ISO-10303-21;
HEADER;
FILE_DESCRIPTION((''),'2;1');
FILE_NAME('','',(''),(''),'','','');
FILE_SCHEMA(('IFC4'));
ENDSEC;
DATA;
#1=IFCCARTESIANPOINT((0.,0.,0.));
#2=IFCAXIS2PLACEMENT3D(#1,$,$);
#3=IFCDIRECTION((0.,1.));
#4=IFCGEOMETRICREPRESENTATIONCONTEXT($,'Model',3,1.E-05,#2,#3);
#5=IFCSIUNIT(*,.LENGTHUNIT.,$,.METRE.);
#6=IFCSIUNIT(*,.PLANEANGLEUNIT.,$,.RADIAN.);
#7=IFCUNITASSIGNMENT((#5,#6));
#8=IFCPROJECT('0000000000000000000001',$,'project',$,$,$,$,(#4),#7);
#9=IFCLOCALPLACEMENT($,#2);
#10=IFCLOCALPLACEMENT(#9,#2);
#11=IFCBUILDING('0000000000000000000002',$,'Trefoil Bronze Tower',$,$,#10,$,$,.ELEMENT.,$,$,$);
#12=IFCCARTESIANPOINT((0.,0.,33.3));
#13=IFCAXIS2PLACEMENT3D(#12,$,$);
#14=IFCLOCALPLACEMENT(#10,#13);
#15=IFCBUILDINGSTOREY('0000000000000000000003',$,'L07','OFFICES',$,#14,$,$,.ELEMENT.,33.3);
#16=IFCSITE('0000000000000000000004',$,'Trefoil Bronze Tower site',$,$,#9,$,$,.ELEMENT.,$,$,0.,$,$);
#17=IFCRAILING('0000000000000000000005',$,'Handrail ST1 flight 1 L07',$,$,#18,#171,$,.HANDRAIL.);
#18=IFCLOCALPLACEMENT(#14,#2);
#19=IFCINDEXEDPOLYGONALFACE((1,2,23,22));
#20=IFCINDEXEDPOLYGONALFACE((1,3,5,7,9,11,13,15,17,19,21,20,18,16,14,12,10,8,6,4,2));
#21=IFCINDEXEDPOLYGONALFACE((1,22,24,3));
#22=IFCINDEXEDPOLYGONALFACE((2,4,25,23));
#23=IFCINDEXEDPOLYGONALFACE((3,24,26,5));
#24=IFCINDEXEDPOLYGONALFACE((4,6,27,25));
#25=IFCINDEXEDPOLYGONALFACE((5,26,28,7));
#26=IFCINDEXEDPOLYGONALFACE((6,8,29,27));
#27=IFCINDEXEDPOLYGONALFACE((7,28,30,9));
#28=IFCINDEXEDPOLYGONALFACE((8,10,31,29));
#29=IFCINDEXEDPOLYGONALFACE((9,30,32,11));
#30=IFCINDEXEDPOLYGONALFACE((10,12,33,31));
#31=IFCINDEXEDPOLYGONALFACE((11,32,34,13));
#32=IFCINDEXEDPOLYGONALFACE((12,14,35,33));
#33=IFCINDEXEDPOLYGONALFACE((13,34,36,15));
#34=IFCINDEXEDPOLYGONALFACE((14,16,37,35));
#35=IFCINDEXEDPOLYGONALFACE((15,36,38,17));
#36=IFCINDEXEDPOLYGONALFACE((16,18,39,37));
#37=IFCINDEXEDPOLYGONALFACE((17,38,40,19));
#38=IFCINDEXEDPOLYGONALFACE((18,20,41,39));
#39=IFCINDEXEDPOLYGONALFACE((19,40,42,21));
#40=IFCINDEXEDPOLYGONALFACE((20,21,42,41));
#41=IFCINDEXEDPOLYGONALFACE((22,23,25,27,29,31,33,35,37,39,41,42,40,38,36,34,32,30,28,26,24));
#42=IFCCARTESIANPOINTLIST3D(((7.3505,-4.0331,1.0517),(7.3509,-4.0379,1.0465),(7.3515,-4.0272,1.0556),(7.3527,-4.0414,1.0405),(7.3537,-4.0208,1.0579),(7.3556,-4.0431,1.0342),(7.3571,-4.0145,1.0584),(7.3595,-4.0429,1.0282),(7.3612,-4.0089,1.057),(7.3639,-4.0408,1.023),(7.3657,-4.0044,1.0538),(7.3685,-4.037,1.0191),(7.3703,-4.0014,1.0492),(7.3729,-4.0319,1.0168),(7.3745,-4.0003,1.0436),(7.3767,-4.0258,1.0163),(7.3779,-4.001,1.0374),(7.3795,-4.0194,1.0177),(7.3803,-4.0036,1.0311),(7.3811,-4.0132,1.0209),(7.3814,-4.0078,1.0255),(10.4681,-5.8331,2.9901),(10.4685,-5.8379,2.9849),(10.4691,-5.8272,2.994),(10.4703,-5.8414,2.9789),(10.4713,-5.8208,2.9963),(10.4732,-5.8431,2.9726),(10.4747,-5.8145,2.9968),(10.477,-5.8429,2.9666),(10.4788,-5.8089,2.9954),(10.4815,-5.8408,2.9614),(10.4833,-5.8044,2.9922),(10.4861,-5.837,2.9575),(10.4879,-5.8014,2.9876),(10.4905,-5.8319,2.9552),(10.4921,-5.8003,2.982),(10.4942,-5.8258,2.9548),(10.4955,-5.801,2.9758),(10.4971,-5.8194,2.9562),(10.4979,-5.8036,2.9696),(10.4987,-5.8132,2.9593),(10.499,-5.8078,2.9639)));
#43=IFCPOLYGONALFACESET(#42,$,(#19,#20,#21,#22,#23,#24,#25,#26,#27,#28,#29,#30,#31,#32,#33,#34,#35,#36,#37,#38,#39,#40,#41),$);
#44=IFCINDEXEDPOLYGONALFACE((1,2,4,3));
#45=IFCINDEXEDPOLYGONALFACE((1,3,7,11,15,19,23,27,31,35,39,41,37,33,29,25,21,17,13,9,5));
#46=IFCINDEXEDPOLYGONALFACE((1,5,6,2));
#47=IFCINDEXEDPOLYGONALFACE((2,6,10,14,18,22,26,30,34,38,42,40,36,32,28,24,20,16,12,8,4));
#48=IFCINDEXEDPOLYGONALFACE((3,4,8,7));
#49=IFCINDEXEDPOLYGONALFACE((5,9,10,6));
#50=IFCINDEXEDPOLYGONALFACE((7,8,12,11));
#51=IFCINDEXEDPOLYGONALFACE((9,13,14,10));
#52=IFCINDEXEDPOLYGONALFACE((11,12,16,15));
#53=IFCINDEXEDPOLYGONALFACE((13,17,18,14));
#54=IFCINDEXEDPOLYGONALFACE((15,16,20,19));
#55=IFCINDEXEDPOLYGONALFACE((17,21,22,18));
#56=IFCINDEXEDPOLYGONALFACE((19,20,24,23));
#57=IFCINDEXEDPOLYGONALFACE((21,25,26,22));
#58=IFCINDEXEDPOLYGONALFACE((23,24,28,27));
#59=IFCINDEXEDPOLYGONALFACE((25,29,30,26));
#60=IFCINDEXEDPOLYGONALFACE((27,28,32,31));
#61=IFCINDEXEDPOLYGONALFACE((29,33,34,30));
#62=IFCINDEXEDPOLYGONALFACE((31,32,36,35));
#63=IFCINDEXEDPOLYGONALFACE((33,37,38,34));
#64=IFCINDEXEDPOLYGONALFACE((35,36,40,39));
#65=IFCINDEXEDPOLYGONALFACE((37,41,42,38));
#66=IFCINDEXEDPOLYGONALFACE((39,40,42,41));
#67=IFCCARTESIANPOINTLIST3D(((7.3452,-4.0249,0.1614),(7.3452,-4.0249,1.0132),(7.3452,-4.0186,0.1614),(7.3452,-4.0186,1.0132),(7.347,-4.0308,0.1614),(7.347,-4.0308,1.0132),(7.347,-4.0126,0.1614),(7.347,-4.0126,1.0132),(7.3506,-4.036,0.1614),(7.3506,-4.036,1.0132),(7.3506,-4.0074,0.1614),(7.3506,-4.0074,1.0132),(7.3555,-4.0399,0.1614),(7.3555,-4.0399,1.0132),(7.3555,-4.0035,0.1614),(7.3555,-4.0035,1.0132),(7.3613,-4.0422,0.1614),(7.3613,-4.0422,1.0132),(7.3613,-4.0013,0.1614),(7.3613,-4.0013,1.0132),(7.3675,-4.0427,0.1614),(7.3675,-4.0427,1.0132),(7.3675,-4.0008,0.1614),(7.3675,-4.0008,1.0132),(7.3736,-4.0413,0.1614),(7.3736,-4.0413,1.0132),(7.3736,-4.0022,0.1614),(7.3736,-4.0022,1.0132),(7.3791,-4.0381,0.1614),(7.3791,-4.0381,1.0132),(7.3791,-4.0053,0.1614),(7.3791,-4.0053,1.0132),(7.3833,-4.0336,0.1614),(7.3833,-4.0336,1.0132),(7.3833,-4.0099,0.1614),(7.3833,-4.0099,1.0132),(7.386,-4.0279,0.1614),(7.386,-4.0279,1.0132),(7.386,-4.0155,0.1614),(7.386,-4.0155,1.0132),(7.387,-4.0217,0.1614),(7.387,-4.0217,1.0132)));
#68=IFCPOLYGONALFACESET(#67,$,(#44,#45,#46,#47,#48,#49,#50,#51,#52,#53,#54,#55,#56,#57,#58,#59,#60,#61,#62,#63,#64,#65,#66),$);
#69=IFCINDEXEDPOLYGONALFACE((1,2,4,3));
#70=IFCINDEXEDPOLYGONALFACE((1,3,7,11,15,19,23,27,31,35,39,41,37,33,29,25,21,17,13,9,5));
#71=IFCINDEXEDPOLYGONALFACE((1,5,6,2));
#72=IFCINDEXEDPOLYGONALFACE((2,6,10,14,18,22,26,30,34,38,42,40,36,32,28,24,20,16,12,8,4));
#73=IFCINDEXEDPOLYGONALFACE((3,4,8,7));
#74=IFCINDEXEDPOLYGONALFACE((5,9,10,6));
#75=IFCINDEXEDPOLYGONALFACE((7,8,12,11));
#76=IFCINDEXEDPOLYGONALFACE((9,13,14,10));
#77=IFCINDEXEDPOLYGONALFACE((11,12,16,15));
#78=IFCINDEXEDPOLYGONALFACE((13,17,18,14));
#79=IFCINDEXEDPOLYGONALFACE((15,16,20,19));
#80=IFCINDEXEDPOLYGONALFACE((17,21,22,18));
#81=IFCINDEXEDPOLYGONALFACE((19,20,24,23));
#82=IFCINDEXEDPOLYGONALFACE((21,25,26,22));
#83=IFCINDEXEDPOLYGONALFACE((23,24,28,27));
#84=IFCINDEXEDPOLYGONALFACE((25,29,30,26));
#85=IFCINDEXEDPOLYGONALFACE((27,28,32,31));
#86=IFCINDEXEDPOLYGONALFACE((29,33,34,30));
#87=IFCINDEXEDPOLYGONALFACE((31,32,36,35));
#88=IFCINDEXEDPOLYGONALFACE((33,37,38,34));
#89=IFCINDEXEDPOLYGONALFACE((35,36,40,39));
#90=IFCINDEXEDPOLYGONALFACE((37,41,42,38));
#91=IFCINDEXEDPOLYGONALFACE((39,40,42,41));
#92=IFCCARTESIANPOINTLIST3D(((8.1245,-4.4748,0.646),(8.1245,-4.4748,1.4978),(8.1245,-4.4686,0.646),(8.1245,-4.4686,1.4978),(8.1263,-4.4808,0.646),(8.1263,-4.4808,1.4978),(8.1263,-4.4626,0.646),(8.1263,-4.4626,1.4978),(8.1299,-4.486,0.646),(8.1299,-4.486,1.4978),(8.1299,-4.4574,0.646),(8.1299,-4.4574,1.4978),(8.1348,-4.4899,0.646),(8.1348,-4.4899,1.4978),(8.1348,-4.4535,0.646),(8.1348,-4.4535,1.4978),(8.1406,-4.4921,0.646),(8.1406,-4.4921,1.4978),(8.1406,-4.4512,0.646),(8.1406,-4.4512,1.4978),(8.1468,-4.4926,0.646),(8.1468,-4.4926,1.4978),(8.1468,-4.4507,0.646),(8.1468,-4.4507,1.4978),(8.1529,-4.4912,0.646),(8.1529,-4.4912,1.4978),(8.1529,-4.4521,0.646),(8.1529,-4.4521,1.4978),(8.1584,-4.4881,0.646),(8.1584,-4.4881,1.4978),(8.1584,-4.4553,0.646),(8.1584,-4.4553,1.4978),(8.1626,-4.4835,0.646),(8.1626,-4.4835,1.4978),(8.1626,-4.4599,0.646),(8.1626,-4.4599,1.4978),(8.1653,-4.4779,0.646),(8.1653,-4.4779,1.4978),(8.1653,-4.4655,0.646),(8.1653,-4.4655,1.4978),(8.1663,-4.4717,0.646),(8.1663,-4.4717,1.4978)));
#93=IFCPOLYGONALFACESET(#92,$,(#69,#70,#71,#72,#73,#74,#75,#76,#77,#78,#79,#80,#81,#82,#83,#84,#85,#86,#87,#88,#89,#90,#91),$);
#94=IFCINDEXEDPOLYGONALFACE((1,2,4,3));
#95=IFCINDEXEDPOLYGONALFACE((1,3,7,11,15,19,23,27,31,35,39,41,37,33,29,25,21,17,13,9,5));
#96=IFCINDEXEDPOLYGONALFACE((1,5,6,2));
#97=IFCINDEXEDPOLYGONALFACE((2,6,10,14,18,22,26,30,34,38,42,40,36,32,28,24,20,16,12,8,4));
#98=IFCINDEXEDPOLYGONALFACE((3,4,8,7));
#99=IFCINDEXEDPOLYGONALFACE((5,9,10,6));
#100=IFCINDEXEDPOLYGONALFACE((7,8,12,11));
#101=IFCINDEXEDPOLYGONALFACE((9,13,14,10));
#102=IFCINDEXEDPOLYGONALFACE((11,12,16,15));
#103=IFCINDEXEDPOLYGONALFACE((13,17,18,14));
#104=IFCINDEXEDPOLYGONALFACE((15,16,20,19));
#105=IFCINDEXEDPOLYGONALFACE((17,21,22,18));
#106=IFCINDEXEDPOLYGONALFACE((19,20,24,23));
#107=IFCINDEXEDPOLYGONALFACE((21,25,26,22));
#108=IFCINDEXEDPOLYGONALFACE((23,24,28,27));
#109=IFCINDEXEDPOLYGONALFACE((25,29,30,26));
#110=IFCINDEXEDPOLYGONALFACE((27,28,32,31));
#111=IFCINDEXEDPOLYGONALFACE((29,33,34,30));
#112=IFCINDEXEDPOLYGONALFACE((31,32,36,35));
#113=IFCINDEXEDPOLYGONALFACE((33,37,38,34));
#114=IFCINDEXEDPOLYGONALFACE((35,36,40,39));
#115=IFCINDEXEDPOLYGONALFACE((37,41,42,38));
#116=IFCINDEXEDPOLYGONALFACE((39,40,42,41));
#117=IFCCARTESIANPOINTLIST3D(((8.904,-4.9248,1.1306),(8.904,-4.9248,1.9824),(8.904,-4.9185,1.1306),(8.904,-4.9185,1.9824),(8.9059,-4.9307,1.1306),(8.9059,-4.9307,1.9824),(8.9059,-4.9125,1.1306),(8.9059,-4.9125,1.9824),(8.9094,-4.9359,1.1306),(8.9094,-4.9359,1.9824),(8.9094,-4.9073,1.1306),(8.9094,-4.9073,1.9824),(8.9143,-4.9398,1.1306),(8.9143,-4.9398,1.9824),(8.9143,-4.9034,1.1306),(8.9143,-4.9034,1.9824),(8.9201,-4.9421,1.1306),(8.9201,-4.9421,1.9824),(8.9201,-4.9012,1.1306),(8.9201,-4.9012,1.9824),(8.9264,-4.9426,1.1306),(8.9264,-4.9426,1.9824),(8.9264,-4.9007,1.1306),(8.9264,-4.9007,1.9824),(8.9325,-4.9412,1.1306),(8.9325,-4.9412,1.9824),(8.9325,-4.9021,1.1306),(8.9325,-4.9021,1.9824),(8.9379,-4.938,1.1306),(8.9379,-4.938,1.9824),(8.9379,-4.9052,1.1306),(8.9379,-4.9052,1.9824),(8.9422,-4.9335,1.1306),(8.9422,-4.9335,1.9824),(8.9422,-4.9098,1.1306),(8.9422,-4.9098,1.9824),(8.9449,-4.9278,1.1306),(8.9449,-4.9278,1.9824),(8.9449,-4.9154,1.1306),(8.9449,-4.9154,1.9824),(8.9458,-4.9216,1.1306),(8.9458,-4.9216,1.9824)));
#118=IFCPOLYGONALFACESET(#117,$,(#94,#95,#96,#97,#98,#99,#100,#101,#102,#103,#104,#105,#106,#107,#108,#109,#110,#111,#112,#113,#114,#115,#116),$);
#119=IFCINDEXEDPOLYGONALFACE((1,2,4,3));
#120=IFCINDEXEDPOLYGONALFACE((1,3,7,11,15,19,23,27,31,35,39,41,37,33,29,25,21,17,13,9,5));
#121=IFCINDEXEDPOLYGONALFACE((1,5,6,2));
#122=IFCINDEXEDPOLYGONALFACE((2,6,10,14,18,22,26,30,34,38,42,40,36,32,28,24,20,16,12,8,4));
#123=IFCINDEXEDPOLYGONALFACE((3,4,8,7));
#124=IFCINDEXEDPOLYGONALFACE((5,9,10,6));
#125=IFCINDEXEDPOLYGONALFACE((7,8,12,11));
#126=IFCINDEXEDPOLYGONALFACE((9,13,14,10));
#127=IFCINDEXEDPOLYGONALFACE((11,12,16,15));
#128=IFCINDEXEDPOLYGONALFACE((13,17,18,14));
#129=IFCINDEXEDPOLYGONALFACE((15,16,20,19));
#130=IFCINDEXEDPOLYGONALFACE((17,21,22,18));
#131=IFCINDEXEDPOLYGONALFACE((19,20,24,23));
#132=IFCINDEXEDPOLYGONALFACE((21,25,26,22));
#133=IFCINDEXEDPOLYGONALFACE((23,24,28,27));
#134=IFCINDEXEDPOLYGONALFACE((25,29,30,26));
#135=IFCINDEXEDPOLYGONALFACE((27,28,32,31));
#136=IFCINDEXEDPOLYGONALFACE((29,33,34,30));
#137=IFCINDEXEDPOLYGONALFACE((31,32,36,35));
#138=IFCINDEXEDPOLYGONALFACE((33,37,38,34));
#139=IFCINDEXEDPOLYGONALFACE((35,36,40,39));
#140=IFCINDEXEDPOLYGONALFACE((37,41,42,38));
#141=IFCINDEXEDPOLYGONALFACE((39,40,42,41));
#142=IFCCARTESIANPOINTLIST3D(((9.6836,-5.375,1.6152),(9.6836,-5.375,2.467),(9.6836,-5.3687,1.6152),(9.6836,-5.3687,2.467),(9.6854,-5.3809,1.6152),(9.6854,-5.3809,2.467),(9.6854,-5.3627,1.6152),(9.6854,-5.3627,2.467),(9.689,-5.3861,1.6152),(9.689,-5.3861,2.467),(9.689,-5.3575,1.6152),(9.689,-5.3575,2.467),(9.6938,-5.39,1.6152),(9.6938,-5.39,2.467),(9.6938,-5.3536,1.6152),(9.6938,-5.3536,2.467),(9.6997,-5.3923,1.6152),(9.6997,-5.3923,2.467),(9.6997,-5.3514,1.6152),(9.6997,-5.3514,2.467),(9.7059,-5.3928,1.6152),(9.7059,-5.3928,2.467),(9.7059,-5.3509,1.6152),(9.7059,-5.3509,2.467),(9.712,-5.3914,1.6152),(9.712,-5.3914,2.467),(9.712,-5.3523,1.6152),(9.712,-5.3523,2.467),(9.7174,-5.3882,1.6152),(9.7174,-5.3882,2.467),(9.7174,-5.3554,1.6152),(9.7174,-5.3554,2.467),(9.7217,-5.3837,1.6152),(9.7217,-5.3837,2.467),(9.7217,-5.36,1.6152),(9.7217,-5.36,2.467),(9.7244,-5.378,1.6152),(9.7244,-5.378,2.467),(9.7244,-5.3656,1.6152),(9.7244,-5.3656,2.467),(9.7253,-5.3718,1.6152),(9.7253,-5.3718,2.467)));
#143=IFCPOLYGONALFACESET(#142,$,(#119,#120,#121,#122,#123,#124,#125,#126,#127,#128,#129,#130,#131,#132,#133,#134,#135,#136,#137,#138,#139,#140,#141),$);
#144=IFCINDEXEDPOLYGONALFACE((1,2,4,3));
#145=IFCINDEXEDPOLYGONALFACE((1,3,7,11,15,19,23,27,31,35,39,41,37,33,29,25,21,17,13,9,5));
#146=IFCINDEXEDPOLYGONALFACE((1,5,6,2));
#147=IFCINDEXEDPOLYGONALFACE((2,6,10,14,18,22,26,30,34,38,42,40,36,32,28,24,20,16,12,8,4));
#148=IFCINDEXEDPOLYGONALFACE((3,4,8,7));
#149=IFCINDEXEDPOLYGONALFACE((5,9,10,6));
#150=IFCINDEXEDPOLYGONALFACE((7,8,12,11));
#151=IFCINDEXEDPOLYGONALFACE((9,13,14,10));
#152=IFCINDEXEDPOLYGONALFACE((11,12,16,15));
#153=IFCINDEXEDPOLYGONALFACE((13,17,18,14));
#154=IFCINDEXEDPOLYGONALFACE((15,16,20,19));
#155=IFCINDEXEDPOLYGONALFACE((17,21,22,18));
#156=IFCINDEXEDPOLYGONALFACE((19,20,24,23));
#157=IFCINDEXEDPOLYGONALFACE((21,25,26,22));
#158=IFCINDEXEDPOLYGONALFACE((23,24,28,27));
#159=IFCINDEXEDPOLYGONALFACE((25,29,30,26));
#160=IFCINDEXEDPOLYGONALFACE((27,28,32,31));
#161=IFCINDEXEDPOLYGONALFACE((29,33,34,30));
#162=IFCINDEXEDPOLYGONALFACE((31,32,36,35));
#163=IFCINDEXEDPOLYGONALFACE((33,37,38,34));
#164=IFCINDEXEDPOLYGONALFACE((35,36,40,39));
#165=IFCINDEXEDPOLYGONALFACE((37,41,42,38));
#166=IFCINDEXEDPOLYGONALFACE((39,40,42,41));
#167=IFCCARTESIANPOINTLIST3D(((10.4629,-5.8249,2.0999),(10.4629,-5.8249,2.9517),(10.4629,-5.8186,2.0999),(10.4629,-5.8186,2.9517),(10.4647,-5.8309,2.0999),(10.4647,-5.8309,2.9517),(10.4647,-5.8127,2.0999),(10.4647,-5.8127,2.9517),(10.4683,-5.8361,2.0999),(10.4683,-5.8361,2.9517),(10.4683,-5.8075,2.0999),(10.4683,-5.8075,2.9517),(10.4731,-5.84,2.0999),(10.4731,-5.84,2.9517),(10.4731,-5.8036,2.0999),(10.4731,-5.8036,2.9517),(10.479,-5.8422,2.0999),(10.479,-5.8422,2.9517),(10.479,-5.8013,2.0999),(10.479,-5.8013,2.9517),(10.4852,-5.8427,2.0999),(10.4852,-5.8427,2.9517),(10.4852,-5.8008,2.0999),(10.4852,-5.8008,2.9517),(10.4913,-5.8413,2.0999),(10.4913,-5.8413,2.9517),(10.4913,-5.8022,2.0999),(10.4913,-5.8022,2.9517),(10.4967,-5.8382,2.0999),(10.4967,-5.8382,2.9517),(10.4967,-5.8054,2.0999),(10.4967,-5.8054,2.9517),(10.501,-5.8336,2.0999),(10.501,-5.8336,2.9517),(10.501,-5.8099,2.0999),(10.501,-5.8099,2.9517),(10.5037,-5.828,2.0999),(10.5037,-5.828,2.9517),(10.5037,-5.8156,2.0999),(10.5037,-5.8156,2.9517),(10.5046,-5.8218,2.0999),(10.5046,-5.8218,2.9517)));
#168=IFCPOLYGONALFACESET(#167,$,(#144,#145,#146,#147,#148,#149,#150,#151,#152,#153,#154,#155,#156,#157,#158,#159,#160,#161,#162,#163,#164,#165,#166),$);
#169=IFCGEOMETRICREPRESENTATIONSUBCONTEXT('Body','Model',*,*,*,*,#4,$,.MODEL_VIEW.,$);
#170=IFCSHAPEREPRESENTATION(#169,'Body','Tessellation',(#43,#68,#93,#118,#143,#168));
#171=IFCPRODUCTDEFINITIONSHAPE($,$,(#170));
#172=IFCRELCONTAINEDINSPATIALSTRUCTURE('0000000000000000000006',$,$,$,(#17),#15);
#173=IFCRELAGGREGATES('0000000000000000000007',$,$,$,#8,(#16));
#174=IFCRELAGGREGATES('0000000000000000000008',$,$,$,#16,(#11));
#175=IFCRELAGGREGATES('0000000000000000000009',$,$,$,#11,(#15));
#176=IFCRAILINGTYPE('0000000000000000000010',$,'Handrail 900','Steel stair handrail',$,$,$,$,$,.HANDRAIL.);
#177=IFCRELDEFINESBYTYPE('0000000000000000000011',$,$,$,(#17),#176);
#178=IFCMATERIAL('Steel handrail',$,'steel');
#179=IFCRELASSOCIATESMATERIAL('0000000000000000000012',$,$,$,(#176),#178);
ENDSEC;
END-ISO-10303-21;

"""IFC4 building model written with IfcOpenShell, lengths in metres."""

from ifc_helpers import new_model, si_unit, direction, frame, origin, origin_2d, place, context, subcontext, project, spatial, circle, extrude, material, type_object, element, save


model = new_model("IFC4")

# Units and contexts
model_context = context("Model", 3, precision=1e-05, world=origin(), true_north=direction((0.0, 1.0)))
body_context = subcontext(model_context, "Body", "Model", "MODEL_VIEW")
ifc_project = project(units=[si_unit("LENGTHUNIT", "METRE"), si_unit("PLANEANGLEUNIT", "RADIAN")], contexts=[model_context])

# Site, building, storey
site_placement = place(None, origin())
site = spatial("IfcSite", under=ifc_project, at=site_placement, Name="Trefoil Bronze Tower site", CompositionType="ELEMENT", RefElevation=0.0)
building_placement = place(site_placement, origin())
building = spatial("IfcBuilding", under=site, at=building_placement, Name="Trefoil Bronze Tower", CompositionType="ELEMENT")
storey_placement = place(building_placement, frame((0.0, 0.0, 33.3)))
storey = spatial("IfcBuildingStorey", under=building, at=storey_placement, Name="L07", Description="OFFICES", CompositionType="ELEMENT", Elevation=33.3)

# Railing
ifc_material_1 = material(Name="Steel handrail", Category="steel")
railing_type = type_object("IfcRailingType", Name="Handrail 900", Description="Steel stair handrail", PredefinedType="HANDRAIL", material=ifc_material_1)
railing_1_placement = place(storey_placement, frame((7.366, -4.0217, 0.1614)))
element("IfcRailing", 1, at=railing_1_placement, inside=storey, type_object=railing_type, Name="Handrail ST1 flight 1 L07", PredefinedType="HANDRAIL", context=body_context, shape_type="SweptSolid", body=[
    extrude(circle(Radius=0.0239, at=origin_2d()), frame((0.0, 0.0, 0.876), z_axis=(0.762503, -0.440246, 0.474102), x_axis=(0.500012, 0.866018, 0.0)), (0.0, 0.0, 1.0), 4.0886),
    extrude(circle(Radius=0.021, at=origin_2d()), origin(), (0.0, 0.0, 1.0), 0.8518),
    extrude(circle(Radius=0.021, at=origin_2d()), frame((0.7793, -0.45, 0.4846)), (0.0, 0.0, 1.0), 0.8518),
    extrude(circle(Radius=0.021, at=origin_2d()), frame((1.5588, -0.8999, 0.9692)), (0.0, 0.0, 1.0), 0.8518),
    extrude(circle(Radius=0.021, at=origin_2d()), frame((2.3384, -1.3501, 1.4539)), (0.0, 0.0, 1.0), 0.8518),
    extrude(circle(Radius=0.021, at=origin_2d()), frame((3.1177, -1.8, 1.9385)), (0.0, 0.0, 1.0), 0.8518),
])

save(model, "model.ifc")
